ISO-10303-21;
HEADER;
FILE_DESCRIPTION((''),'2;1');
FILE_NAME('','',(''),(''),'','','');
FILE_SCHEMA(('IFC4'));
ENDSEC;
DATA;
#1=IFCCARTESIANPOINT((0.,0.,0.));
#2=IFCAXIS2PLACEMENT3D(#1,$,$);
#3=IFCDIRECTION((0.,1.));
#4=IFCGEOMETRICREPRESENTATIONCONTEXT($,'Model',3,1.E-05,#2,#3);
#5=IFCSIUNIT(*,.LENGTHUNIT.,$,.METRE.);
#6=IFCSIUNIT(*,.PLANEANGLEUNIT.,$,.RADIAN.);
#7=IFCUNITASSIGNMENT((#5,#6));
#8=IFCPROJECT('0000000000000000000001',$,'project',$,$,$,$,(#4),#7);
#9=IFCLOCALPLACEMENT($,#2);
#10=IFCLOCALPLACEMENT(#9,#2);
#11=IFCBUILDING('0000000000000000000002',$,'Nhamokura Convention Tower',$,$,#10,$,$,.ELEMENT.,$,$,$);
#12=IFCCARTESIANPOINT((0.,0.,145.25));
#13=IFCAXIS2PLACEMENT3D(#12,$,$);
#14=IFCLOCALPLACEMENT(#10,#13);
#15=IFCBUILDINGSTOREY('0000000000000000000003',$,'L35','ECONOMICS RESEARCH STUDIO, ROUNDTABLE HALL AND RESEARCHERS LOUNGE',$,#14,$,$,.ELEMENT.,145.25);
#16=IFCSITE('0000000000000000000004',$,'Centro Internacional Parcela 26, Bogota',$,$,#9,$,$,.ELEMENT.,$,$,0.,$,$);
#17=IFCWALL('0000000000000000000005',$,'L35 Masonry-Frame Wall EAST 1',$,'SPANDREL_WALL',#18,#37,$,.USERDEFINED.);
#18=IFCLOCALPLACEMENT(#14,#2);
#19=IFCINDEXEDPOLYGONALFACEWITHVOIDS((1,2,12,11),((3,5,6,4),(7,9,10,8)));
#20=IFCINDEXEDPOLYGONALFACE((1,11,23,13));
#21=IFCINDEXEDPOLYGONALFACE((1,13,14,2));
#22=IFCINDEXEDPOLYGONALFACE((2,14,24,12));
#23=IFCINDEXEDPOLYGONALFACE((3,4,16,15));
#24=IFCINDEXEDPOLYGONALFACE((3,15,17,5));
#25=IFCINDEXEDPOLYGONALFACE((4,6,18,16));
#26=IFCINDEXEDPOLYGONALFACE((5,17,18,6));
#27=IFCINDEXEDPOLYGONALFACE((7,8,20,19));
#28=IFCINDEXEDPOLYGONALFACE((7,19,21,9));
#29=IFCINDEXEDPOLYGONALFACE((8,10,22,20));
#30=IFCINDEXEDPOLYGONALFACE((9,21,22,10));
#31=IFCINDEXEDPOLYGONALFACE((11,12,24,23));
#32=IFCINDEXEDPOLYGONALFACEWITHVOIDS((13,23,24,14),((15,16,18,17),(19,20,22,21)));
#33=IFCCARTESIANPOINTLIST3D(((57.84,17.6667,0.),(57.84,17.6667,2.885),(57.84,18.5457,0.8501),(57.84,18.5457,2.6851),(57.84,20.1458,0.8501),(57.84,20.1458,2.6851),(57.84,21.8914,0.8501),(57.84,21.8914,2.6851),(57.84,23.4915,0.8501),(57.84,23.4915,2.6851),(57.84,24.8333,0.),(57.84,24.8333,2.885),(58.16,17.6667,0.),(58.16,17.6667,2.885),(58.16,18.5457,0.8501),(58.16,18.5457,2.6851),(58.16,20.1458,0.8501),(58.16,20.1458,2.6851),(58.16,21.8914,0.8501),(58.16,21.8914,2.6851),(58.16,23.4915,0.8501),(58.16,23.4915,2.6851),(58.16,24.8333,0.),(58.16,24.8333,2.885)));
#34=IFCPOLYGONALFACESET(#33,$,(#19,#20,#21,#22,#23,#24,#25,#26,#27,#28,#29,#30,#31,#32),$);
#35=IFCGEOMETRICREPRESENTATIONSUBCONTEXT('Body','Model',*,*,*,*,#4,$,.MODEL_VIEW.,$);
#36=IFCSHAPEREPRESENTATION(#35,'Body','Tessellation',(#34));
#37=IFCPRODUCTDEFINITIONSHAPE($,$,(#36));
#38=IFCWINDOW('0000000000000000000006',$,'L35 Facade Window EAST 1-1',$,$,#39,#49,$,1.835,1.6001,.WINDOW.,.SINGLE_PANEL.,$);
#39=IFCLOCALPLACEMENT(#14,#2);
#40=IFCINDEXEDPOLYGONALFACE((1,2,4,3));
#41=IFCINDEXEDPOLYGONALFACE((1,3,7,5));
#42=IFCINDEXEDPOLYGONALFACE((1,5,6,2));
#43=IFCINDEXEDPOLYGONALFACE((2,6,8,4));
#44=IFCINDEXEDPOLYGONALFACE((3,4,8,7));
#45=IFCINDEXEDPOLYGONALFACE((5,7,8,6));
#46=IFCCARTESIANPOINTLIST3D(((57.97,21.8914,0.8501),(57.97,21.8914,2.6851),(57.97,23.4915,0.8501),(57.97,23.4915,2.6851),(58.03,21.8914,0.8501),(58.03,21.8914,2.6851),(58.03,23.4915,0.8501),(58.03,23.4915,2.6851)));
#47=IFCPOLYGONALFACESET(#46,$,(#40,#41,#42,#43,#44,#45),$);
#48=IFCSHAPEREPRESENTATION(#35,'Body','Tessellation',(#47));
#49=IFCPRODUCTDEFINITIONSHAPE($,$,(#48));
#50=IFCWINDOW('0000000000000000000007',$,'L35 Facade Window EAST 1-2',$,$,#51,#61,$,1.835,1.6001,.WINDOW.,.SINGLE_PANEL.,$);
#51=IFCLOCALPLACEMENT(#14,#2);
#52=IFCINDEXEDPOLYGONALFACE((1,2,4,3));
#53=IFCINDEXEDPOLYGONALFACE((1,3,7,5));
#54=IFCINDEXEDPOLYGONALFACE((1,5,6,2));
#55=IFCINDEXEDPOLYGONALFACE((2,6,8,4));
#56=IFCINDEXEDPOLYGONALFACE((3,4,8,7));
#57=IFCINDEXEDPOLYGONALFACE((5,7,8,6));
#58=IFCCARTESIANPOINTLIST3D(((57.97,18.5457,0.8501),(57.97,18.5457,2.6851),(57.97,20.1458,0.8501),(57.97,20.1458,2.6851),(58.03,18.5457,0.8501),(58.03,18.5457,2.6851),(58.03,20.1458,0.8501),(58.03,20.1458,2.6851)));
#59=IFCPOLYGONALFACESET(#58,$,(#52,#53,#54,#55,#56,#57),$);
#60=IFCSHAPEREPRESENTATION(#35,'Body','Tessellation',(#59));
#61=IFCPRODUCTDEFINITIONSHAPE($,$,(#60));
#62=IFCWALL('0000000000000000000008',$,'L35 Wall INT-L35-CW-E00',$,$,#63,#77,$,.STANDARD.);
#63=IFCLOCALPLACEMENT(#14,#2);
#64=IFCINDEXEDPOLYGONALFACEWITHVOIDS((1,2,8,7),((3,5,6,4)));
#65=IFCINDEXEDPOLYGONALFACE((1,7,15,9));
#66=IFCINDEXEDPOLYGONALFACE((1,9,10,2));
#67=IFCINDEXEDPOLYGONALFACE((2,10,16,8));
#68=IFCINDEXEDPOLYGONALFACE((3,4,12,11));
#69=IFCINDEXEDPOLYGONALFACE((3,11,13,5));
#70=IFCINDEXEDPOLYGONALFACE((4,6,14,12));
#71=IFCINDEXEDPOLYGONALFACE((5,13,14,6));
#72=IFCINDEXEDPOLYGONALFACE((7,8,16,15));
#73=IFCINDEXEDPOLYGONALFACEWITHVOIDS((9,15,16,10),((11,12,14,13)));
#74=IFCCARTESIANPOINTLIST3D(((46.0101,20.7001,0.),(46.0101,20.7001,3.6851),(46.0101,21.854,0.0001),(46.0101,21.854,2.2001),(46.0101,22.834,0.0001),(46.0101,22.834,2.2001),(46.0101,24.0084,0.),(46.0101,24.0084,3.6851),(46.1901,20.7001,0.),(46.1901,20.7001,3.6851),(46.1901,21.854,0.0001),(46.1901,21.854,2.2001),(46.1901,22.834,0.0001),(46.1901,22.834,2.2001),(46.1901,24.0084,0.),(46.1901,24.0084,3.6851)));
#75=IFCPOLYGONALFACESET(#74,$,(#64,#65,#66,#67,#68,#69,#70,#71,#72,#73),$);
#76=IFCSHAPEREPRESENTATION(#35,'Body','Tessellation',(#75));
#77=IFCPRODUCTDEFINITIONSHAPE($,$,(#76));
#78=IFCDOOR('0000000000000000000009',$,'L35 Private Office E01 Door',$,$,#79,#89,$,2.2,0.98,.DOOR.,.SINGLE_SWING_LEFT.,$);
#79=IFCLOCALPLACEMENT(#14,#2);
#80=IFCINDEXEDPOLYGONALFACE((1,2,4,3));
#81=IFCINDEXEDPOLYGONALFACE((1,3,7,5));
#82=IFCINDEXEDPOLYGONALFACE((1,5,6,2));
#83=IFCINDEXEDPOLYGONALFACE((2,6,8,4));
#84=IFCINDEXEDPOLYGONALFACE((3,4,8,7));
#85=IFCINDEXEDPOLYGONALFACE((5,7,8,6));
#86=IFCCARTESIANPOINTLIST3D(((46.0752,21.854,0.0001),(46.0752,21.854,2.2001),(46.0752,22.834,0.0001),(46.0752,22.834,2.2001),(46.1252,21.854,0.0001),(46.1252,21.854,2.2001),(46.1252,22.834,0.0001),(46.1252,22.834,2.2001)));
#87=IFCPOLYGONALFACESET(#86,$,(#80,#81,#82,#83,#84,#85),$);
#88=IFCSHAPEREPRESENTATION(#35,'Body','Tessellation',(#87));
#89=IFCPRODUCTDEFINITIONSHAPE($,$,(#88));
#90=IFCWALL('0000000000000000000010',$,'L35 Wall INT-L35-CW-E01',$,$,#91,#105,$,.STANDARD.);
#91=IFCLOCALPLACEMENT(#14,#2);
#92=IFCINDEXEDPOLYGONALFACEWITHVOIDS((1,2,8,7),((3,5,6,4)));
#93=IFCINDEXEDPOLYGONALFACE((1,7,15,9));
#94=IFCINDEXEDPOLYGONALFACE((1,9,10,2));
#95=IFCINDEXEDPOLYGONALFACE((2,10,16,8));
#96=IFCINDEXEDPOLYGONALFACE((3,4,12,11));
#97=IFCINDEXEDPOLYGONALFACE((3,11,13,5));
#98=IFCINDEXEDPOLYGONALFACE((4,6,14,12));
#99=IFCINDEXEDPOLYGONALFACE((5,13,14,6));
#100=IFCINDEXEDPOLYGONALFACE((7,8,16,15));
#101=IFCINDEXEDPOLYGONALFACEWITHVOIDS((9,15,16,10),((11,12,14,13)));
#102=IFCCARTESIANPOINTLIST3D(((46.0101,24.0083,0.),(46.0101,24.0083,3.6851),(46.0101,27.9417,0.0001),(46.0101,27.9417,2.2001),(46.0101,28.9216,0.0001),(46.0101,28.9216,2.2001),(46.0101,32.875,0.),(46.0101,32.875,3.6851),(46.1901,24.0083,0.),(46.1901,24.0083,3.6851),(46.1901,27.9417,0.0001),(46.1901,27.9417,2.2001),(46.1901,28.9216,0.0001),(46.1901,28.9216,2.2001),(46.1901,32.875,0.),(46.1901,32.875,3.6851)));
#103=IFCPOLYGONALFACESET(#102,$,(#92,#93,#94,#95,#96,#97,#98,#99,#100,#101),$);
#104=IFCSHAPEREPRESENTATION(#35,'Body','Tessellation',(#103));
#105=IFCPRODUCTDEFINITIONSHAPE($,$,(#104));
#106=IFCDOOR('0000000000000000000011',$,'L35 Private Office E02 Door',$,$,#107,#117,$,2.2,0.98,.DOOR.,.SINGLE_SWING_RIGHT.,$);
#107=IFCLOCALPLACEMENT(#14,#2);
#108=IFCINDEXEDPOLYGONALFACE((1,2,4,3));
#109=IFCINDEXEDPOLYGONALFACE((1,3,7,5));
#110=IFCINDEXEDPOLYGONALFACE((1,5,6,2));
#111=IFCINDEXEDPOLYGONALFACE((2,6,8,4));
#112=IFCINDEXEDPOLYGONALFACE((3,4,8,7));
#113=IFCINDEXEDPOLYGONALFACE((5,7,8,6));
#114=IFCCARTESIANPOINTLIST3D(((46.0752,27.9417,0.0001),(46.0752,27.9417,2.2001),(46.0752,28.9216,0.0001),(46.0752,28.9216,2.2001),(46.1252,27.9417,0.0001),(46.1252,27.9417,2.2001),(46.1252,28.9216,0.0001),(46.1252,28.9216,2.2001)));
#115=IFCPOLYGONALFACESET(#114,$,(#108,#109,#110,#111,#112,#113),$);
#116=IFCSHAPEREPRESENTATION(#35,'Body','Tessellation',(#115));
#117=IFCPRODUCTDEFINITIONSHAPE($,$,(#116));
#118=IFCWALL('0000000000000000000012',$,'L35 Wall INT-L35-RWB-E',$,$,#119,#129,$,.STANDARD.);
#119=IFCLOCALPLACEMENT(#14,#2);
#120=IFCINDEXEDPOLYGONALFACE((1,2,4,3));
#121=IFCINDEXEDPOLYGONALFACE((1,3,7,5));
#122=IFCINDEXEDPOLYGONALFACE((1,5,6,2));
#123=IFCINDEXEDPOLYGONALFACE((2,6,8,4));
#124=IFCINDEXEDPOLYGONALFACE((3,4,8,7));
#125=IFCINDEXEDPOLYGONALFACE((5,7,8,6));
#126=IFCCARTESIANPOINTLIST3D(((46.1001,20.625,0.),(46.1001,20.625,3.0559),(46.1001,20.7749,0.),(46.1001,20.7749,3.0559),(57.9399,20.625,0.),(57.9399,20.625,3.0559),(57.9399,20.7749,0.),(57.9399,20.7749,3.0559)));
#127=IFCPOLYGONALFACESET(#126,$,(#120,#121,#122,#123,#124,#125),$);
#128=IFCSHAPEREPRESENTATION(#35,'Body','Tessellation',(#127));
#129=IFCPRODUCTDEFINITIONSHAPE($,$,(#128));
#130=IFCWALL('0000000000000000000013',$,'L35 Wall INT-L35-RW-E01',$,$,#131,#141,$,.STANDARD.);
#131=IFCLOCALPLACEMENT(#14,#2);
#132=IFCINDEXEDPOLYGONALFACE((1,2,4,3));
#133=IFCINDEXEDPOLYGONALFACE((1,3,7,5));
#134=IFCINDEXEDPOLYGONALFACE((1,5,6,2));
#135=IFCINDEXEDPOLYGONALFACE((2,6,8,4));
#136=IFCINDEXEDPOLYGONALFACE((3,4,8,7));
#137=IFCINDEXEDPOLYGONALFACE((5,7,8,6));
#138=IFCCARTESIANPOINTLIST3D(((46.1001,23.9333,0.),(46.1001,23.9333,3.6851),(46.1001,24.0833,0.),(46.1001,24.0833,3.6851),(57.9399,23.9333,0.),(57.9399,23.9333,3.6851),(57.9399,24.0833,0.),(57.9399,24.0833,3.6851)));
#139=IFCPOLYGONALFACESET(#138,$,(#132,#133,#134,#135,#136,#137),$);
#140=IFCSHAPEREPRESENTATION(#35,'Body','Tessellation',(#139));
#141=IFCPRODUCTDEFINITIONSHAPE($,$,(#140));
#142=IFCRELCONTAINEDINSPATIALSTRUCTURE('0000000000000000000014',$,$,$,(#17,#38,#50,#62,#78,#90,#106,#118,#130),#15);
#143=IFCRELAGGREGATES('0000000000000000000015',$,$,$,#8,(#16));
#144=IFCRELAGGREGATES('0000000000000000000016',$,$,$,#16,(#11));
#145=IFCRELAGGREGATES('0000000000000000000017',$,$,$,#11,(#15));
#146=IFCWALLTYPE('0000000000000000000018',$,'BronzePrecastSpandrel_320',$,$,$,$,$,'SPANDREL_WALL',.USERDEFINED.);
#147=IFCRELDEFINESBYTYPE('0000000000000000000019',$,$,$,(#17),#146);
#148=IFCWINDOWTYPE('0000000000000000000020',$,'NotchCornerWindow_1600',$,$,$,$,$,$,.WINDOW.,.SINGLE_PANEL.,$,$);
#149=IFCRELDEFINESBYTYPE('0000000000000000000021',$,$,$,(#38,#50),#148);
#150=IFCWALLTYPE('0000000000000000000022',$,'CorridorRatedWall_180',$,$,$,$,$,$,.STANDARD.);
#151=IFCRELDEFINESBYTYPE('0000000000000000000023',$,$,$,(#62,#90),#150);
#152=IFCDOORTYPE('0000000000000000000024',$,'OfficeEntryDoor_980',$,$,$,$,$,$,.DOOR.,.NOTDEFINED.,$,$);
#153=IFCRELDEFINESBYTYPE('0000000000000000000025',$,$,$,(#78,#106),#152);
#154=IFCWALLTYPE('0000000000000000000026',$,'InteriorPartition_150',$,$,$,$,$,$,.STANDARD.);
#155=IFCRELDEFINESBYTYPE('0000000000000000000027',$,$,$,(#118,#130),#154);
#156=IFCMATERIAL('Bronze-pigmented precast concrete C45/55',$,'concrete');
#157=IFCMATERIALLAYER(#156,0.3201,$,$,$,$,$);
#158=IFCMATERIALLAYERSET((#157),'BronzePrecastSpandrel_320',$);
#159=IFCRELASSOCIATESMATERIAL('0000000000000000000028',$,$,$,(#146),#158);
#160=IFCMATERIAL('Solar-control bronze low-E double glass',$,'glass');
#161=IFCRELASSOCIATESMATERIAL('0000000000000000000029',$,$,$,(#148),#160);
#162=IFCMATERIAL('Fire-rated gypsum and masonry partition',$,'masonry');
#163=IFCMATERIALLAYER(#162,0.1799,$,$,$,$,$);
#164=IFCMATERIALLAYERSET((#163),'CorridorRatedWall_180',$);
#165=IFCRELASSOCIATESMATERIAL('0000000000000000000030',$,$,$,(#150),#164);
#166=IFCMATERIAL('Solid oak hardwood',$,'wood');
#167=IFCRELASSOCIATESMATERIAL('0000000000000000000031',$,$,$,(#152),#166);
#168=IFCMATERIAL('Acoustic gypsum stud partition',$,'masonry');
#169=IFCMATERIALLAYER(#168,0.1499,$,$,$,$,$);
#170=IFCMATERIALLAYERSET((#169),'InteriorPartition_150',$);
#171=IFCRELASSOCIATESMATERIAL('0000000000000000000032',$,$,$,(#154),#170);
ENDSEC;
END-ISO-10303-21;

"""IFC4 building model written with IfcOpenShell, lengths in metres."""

from ifc_helpers import new_model, si_unit, direction, frame, frame_2d, origin, place, context, subcontext, project, spatial, rectangle, extrude, material, layer, layer_set, type_object, element, fill, save


model = new_model("IFC4")

# Units and contexts
model_context = context("Model", 3, precision=1e-05, world=origin(), true_north=direction((0.0, 1.0)))
body_context = subcontext(model_context, "Body", "Model", "MODEL_VIEW")
ifc_project = project(units=[si_unit("LENGTHUNIT", "METRE"), si_unit("PLANEANGLEUNIT", "RADIAN")], contexts=[model_context])

# Site, building, storey
site_placement = place(None, origin())
site = spatial("IfcSite", under=ifc_project, at=site_placement, Name="Centro Internacional Parcela 26, Bogota", CompositionType="ELEMENT", RefElevation=0.0)
building_placement = place(site_placement, origin())
building = spatial("IfcBuilding", under=site, at=building_placement, Name="Nhamokura Convention Tower", CompositionType="ELEMENT")
storey_placement = place(building_placement, frame((0.0, 0.0, 145.25)))
storey = spatial("IfcBuildingStorey", under=building, at=storey_placement, Name="L35", Description="ECONOMICS RESEARCH STUDIO, ROUNDTABLE HALL AND RESEARCHERS LOUNGE", CompositionType="ELEMENT", Elevation=145.25)

# Shared definitions
ifc_material_1 = material(Name="Bronze-pigmented precast concrete C45/55", Category="concrete")
ifc_layer_1 = layer(ifc_material_1, 0.3201)
ifc_layer_set_1 = layer_set([ifc_layer_1], Name="BronzePrecastSpandrel_320")
wall_type_1 = type_object("IfcWallType", Name="BronzePrecastSpandrel_320", ElementType="SPANDREL_WALL", PredefinedType="USERDEFINED", material=ifc_layer_set_1)

# Wall, openings, windows
wall_1_placement = place(storey_placement, frame((58.0, 24.8333, 0.0), z_axis=(0.0, 0.0, 1.0), x_axis=(0.0, -1.0, 0.0)))
wall_1 = element("IfcWall", 1, at=wall_1_placement, inside=storey, type_object=wall_type_1, Name="L35 Masonry-Frame Wall EAST 1", ObjectType="SPANDREL_WALL", PredefinedType="USERDEFINED", context=body_context, shape_type="SweptSolid", body=[
    extrude(rectangle(XDim=7.1665, YDim=0.3201, at=frame_2d((3.5833, 0.0))), origin(), (0.0, 0.0, 1.0), 2.885),
])
opening_1_placement = place(wall_1_placement, frame((1.3418, 0.0, 0.8501)))
opening_1 = element("IfcOpeningElement", 2, at=opening_1_placement, cuts=wall_1, PredefinedType="OPENING", context=body_context, shape_type="SweptSolid", body=[
    extrude(rectangle(XDim=1.6001, YDim=1.835, at=frame_2d((0.8, 0.9175))), frame((0.0, 0.1699, 0.0), z_axis=(0.0, -1.0, 0.0), x_axis=(1.0, 0.0, 0.0)), (0.0, 0.0, 1.0), 0.3401),
])
opening_2_placement = place(wall_1_placement, frame((4.6875, 0.0, 0.8501)))
opening_2 = element("IfcOpeningElement", 3, at=opening_2_placement, cuts=wall_1, PredefinedType="OPENING", context=body_context, shape_type="SweptSolid", body=[
    extrude(rectangle(XDim=1.6001, YDim=1.835, at=frame_2d((0.8, 0.9175))), frame((0.0, 0.1699, 0.0), z_axis=(0.0, -1.0, 0.0), x_axis=(1.0, 0.0, 0.0)), (0.0, 0.0, 1.0), 0.3401),
])
ifc_material_2 = material(Name="Solar-control bronze low-E double glass", Category="glass")
window_type = type_object("IfcWindowType", Name="NotchCornerWindow_1600", PartitioningType="SINGLE_PANEL", PredefinedType="WINDOW", material=ifc_material_2)
window_1_placement = place(opening_1_placement, origin())
window_1 = element("IfcWindow", 4, at=window_1_placement, inside=storey, type_object=window_type, Name="L35 Facade Window EAST 1-1", OverallHeight=1.835, OverallWidth=1.6001, PartitioningType="SINGLE_PANEL", PredefinedType="WINDOW", context=body_context, shape_type="SweptSolid", body=[
    extrude(rectangle(XDim=1.6001, YDim=1.835, at=frame_2d((0.8, 0.9175))), frame((0.0, 0.03, 0.0), z_axis=(0.0, -1.0, 0.0), x_axis=(1.0, 0.0, 0.0)), (0.0, 0.0, 1.0), 0.0601),
])
fill(opening_1, window_1)
window_2_placement = place(opening_2_placement, origin())
window_2 = element("IfcWindow", 5, at=window_2_placement, inside=storey, type_object=window_type, Name="L35 Facade Window EAST 1-2", OverallHeight=1.835, OverallWidth=1.6001, PartitioningType="SINGLE_PANEL", PredefinedType="WINDOW", context=body_context, shape_type="SweptSolid", body=[
    extrude(rectangle(XDim=1.6001, YDim=1.835, at=frame_2d((0.8, 0.9175))), frame((0.0, 0.03, 0.0), z_axis=(0.0, -1.0, 0.0), x_axis=(1.0, 0.0, 0.0)), (0.0, 0.0, 1.0), 0.0601),
])
fill(opening_2, window_2)

# Walls, openings, doors
ifc_material_3 = material(Name="Fire-rated gypsum and masonry partition", Category="masonry")
ifc_layer_2 = layer(ifc_material_3, 0.1799)
ifc_layer_set_2 = layer_set([ifc_layer_2], Name="CorridorRatedWall_180")
wall_type_2 = type_object("IfcWallType", Name="CorridorRatedWall_180", PredefinedType="STANDARD", material=ifc_layer_set_2)
wall_2_placement = place(storey_placement, frame((46.1001, 20.7, 0.0), z_axis=(0.0, 0.0, 1.0), x_axis=(0.0, 1.0, 0.0)))
wall_2 = element("IfcWall", 6, at=wall_2_placement, inside=storey, type_object=wall_type_2, Name="L35 Wall INT-L35-CW-E00", PredefinedType="STANDARD", context=body_context, shape_type="SweptSolid", body=[
    extrude(rectangle(XDim=3.3083, YDim=0.1799, at=frame_2d((1.6543, 0.0))), origin(), (0.0, 0.0, 1.0), 3.6851),
])
opening_3_placement = place(wall_2_placement, frame((1.1541, 0.0, 0.0)))
opening_3 = element("IfcOpeningElement", 7, at=opening_3_placement, cuts=wall_2, PredefinedType="OPENING", context=body_context, shape_type="SweptSolid", body=[
    extrude(rectangle(XDim=0.98, YDim=2.2, at=frame_2d((0.49, 1.1001))), frame((0.0, 0.0999, 0.0), z_axis=(0.0, -1.0, 0.0), x_axis=(1.0, 0.0, 0.0)), (0.0, 0.0, 1.0), 0.2),
])
ifc_material_4 = material(Name="Solid oak hardwood", Category="wood")
door_type = type_object("IfcDoorType", Name="OfficeEntryDoor_980", OperationType="NOTDEFINED", PredefinedType="DOOR", material=ifc_material_4)
door_1_placement = place(opening_3_placement, origin())
door_1 = element("IfcDoor", 8, at=door_1_placement, inside=storey, type_object=door_type, Name="L35 Private Office E01 Door", OperationType="SINGLE_SWING_LEFT", OverallHeight=2.2, OverallWidth=0.98, PredefinedType="DOOR", context=body_context, shape_type="SweptSolid", body=[
    extrude(rectangle(XDim=0.98, YDim=2.2, at=frame_2d((0.49, 1.1001))), frame((0.0, 0.0249, 0.0), z_axis=(0.0, -1.0, 0.0), x_axis=(1.0, 0.0, 0.0)), (0.0, 0.0, 1.0), 0.05),
])
fill(opening_3, door_1)
wall_3_placement = place(storey_placement, frame((46.1001, 24.0083, 0.0), z_axis=(0.0, 0.0, 1.0), x_axis=(0.0, 1.0, 0.0)))
wall_3 = element("IfcWall", 9, at=wall_3_placement, inside=storey, type_object=wall_type_2, Name="L35 Wall INT-L35-CW-E01", PredefinedType="STANDARD", context=body_context, shape_type="SweptSolid", body=[
    extrude(rectangle(XDim=8.8667, YDim=0.1799, at=frame_2d((4.4333, 0.0))), origin(), (0.0, 0.0, 1.0), 3.6851),
])
opening_4_placement = place(wall_3_placement, frame((3.9333, 0.0, 0.0)))
opening_4 = element("IfcOpeningElement", 10, at=opening_4_placement, cuts=wall_3, PredefinedType="OPENING", context=body_context, shape_type="SweptSolid", body=[
    extrude(rectangle(XDim=0.98, YDim=2.2, at=frame_2d((0.49, 1.1001))), frame((0.0, 0.0999, 0.0), z_axis=(0.0, -1.0, 0.0), x_axis=(1.0, 0.0, 0.0)), (0.0, 0.0, 1.0), 0.2),
])
door_2_placement = place(opening_4_placement, origin())
door_2 = element("IfcDoor", 11, at=door_2_placement, inside=storey, type_object=door_type, Name="L35 Private Office E02 Door", OperationType="SINGLE_SWING_RIGHT", OverallHeight=2.2, OverallWidth=0.98, PredefinedType="DOOR", context=body_context, shape_type="SweptSolid", body=[
    extrude(rectangle(XDim=0.98, YDim=2.2, at=frame_2d((0.49, 1.1001))), frame((0.0, 0.0249, 0.0), z_axis=(0.0, -1.0, 0.0), x_axis=(1.0, 0.0, 0.0)), (0.0, 0.0, 1.0), 0.05),
])
fill(opening_4, door_2)

# Walls
ifc_material_5 = material(Name="Acoustic gypsum stud partition", Category="masonry")
ifc_layer_3 = layer(ifc_material_5, 0.1499)
ifc_layer_set_3 = layer_set([ifc_layer_3], Name="InteriorPartition_150")
wall_type_3 = type_object("IfcWallType", Name="InteriorPartition_150", PredefinedType="STANDARD", material=ifc_layer_set_3)
wall_4_placement = place(storey_placement, frame((46.1001, 20.7, 0.0), z_axis=(0.0, 0.0, 1.0), x_axis=(1.0, 0.0, 0.0)))
element("IfcWall", 12, at=wall_4_placement, inside=storey, type_object=wall_type_3, Name="L35 Wall INT-L35-RWB-E", PredefinedType="STANDARD", context=body_context, shape_type="SweptSolid", body=[
    extrude(rectangle(XDim=11.8398, YDim=0.1499, at=frame_2d((5.9199, 0.0))), origin(), (0.0, 0.0, 1.0), 3.0559),
])
wall_5_placement = place(storey_placement, frame((46.1001, 24.0083, 0.0), z_axis=(0.0, 0.0, 1.0), x_axis=(1.0, 0.0, 0.0)))
element("IfcWall", 13, at=wall_5_placement, inside=storey, type_object=wall_type_3, Name="L35 Wall INT-L35-RW-E01", PredefinedType="STANDARD", context=body_context, shape_type="SweptSolid", body=[
    extrude(rectangle(XDim=11.8398, YDim=0.1499, at=frame_2d((5.9199, 0.0))), origin(), (0.0, 0.0, 1.0), 3.6851),
])

save(model, "model.ifc")
